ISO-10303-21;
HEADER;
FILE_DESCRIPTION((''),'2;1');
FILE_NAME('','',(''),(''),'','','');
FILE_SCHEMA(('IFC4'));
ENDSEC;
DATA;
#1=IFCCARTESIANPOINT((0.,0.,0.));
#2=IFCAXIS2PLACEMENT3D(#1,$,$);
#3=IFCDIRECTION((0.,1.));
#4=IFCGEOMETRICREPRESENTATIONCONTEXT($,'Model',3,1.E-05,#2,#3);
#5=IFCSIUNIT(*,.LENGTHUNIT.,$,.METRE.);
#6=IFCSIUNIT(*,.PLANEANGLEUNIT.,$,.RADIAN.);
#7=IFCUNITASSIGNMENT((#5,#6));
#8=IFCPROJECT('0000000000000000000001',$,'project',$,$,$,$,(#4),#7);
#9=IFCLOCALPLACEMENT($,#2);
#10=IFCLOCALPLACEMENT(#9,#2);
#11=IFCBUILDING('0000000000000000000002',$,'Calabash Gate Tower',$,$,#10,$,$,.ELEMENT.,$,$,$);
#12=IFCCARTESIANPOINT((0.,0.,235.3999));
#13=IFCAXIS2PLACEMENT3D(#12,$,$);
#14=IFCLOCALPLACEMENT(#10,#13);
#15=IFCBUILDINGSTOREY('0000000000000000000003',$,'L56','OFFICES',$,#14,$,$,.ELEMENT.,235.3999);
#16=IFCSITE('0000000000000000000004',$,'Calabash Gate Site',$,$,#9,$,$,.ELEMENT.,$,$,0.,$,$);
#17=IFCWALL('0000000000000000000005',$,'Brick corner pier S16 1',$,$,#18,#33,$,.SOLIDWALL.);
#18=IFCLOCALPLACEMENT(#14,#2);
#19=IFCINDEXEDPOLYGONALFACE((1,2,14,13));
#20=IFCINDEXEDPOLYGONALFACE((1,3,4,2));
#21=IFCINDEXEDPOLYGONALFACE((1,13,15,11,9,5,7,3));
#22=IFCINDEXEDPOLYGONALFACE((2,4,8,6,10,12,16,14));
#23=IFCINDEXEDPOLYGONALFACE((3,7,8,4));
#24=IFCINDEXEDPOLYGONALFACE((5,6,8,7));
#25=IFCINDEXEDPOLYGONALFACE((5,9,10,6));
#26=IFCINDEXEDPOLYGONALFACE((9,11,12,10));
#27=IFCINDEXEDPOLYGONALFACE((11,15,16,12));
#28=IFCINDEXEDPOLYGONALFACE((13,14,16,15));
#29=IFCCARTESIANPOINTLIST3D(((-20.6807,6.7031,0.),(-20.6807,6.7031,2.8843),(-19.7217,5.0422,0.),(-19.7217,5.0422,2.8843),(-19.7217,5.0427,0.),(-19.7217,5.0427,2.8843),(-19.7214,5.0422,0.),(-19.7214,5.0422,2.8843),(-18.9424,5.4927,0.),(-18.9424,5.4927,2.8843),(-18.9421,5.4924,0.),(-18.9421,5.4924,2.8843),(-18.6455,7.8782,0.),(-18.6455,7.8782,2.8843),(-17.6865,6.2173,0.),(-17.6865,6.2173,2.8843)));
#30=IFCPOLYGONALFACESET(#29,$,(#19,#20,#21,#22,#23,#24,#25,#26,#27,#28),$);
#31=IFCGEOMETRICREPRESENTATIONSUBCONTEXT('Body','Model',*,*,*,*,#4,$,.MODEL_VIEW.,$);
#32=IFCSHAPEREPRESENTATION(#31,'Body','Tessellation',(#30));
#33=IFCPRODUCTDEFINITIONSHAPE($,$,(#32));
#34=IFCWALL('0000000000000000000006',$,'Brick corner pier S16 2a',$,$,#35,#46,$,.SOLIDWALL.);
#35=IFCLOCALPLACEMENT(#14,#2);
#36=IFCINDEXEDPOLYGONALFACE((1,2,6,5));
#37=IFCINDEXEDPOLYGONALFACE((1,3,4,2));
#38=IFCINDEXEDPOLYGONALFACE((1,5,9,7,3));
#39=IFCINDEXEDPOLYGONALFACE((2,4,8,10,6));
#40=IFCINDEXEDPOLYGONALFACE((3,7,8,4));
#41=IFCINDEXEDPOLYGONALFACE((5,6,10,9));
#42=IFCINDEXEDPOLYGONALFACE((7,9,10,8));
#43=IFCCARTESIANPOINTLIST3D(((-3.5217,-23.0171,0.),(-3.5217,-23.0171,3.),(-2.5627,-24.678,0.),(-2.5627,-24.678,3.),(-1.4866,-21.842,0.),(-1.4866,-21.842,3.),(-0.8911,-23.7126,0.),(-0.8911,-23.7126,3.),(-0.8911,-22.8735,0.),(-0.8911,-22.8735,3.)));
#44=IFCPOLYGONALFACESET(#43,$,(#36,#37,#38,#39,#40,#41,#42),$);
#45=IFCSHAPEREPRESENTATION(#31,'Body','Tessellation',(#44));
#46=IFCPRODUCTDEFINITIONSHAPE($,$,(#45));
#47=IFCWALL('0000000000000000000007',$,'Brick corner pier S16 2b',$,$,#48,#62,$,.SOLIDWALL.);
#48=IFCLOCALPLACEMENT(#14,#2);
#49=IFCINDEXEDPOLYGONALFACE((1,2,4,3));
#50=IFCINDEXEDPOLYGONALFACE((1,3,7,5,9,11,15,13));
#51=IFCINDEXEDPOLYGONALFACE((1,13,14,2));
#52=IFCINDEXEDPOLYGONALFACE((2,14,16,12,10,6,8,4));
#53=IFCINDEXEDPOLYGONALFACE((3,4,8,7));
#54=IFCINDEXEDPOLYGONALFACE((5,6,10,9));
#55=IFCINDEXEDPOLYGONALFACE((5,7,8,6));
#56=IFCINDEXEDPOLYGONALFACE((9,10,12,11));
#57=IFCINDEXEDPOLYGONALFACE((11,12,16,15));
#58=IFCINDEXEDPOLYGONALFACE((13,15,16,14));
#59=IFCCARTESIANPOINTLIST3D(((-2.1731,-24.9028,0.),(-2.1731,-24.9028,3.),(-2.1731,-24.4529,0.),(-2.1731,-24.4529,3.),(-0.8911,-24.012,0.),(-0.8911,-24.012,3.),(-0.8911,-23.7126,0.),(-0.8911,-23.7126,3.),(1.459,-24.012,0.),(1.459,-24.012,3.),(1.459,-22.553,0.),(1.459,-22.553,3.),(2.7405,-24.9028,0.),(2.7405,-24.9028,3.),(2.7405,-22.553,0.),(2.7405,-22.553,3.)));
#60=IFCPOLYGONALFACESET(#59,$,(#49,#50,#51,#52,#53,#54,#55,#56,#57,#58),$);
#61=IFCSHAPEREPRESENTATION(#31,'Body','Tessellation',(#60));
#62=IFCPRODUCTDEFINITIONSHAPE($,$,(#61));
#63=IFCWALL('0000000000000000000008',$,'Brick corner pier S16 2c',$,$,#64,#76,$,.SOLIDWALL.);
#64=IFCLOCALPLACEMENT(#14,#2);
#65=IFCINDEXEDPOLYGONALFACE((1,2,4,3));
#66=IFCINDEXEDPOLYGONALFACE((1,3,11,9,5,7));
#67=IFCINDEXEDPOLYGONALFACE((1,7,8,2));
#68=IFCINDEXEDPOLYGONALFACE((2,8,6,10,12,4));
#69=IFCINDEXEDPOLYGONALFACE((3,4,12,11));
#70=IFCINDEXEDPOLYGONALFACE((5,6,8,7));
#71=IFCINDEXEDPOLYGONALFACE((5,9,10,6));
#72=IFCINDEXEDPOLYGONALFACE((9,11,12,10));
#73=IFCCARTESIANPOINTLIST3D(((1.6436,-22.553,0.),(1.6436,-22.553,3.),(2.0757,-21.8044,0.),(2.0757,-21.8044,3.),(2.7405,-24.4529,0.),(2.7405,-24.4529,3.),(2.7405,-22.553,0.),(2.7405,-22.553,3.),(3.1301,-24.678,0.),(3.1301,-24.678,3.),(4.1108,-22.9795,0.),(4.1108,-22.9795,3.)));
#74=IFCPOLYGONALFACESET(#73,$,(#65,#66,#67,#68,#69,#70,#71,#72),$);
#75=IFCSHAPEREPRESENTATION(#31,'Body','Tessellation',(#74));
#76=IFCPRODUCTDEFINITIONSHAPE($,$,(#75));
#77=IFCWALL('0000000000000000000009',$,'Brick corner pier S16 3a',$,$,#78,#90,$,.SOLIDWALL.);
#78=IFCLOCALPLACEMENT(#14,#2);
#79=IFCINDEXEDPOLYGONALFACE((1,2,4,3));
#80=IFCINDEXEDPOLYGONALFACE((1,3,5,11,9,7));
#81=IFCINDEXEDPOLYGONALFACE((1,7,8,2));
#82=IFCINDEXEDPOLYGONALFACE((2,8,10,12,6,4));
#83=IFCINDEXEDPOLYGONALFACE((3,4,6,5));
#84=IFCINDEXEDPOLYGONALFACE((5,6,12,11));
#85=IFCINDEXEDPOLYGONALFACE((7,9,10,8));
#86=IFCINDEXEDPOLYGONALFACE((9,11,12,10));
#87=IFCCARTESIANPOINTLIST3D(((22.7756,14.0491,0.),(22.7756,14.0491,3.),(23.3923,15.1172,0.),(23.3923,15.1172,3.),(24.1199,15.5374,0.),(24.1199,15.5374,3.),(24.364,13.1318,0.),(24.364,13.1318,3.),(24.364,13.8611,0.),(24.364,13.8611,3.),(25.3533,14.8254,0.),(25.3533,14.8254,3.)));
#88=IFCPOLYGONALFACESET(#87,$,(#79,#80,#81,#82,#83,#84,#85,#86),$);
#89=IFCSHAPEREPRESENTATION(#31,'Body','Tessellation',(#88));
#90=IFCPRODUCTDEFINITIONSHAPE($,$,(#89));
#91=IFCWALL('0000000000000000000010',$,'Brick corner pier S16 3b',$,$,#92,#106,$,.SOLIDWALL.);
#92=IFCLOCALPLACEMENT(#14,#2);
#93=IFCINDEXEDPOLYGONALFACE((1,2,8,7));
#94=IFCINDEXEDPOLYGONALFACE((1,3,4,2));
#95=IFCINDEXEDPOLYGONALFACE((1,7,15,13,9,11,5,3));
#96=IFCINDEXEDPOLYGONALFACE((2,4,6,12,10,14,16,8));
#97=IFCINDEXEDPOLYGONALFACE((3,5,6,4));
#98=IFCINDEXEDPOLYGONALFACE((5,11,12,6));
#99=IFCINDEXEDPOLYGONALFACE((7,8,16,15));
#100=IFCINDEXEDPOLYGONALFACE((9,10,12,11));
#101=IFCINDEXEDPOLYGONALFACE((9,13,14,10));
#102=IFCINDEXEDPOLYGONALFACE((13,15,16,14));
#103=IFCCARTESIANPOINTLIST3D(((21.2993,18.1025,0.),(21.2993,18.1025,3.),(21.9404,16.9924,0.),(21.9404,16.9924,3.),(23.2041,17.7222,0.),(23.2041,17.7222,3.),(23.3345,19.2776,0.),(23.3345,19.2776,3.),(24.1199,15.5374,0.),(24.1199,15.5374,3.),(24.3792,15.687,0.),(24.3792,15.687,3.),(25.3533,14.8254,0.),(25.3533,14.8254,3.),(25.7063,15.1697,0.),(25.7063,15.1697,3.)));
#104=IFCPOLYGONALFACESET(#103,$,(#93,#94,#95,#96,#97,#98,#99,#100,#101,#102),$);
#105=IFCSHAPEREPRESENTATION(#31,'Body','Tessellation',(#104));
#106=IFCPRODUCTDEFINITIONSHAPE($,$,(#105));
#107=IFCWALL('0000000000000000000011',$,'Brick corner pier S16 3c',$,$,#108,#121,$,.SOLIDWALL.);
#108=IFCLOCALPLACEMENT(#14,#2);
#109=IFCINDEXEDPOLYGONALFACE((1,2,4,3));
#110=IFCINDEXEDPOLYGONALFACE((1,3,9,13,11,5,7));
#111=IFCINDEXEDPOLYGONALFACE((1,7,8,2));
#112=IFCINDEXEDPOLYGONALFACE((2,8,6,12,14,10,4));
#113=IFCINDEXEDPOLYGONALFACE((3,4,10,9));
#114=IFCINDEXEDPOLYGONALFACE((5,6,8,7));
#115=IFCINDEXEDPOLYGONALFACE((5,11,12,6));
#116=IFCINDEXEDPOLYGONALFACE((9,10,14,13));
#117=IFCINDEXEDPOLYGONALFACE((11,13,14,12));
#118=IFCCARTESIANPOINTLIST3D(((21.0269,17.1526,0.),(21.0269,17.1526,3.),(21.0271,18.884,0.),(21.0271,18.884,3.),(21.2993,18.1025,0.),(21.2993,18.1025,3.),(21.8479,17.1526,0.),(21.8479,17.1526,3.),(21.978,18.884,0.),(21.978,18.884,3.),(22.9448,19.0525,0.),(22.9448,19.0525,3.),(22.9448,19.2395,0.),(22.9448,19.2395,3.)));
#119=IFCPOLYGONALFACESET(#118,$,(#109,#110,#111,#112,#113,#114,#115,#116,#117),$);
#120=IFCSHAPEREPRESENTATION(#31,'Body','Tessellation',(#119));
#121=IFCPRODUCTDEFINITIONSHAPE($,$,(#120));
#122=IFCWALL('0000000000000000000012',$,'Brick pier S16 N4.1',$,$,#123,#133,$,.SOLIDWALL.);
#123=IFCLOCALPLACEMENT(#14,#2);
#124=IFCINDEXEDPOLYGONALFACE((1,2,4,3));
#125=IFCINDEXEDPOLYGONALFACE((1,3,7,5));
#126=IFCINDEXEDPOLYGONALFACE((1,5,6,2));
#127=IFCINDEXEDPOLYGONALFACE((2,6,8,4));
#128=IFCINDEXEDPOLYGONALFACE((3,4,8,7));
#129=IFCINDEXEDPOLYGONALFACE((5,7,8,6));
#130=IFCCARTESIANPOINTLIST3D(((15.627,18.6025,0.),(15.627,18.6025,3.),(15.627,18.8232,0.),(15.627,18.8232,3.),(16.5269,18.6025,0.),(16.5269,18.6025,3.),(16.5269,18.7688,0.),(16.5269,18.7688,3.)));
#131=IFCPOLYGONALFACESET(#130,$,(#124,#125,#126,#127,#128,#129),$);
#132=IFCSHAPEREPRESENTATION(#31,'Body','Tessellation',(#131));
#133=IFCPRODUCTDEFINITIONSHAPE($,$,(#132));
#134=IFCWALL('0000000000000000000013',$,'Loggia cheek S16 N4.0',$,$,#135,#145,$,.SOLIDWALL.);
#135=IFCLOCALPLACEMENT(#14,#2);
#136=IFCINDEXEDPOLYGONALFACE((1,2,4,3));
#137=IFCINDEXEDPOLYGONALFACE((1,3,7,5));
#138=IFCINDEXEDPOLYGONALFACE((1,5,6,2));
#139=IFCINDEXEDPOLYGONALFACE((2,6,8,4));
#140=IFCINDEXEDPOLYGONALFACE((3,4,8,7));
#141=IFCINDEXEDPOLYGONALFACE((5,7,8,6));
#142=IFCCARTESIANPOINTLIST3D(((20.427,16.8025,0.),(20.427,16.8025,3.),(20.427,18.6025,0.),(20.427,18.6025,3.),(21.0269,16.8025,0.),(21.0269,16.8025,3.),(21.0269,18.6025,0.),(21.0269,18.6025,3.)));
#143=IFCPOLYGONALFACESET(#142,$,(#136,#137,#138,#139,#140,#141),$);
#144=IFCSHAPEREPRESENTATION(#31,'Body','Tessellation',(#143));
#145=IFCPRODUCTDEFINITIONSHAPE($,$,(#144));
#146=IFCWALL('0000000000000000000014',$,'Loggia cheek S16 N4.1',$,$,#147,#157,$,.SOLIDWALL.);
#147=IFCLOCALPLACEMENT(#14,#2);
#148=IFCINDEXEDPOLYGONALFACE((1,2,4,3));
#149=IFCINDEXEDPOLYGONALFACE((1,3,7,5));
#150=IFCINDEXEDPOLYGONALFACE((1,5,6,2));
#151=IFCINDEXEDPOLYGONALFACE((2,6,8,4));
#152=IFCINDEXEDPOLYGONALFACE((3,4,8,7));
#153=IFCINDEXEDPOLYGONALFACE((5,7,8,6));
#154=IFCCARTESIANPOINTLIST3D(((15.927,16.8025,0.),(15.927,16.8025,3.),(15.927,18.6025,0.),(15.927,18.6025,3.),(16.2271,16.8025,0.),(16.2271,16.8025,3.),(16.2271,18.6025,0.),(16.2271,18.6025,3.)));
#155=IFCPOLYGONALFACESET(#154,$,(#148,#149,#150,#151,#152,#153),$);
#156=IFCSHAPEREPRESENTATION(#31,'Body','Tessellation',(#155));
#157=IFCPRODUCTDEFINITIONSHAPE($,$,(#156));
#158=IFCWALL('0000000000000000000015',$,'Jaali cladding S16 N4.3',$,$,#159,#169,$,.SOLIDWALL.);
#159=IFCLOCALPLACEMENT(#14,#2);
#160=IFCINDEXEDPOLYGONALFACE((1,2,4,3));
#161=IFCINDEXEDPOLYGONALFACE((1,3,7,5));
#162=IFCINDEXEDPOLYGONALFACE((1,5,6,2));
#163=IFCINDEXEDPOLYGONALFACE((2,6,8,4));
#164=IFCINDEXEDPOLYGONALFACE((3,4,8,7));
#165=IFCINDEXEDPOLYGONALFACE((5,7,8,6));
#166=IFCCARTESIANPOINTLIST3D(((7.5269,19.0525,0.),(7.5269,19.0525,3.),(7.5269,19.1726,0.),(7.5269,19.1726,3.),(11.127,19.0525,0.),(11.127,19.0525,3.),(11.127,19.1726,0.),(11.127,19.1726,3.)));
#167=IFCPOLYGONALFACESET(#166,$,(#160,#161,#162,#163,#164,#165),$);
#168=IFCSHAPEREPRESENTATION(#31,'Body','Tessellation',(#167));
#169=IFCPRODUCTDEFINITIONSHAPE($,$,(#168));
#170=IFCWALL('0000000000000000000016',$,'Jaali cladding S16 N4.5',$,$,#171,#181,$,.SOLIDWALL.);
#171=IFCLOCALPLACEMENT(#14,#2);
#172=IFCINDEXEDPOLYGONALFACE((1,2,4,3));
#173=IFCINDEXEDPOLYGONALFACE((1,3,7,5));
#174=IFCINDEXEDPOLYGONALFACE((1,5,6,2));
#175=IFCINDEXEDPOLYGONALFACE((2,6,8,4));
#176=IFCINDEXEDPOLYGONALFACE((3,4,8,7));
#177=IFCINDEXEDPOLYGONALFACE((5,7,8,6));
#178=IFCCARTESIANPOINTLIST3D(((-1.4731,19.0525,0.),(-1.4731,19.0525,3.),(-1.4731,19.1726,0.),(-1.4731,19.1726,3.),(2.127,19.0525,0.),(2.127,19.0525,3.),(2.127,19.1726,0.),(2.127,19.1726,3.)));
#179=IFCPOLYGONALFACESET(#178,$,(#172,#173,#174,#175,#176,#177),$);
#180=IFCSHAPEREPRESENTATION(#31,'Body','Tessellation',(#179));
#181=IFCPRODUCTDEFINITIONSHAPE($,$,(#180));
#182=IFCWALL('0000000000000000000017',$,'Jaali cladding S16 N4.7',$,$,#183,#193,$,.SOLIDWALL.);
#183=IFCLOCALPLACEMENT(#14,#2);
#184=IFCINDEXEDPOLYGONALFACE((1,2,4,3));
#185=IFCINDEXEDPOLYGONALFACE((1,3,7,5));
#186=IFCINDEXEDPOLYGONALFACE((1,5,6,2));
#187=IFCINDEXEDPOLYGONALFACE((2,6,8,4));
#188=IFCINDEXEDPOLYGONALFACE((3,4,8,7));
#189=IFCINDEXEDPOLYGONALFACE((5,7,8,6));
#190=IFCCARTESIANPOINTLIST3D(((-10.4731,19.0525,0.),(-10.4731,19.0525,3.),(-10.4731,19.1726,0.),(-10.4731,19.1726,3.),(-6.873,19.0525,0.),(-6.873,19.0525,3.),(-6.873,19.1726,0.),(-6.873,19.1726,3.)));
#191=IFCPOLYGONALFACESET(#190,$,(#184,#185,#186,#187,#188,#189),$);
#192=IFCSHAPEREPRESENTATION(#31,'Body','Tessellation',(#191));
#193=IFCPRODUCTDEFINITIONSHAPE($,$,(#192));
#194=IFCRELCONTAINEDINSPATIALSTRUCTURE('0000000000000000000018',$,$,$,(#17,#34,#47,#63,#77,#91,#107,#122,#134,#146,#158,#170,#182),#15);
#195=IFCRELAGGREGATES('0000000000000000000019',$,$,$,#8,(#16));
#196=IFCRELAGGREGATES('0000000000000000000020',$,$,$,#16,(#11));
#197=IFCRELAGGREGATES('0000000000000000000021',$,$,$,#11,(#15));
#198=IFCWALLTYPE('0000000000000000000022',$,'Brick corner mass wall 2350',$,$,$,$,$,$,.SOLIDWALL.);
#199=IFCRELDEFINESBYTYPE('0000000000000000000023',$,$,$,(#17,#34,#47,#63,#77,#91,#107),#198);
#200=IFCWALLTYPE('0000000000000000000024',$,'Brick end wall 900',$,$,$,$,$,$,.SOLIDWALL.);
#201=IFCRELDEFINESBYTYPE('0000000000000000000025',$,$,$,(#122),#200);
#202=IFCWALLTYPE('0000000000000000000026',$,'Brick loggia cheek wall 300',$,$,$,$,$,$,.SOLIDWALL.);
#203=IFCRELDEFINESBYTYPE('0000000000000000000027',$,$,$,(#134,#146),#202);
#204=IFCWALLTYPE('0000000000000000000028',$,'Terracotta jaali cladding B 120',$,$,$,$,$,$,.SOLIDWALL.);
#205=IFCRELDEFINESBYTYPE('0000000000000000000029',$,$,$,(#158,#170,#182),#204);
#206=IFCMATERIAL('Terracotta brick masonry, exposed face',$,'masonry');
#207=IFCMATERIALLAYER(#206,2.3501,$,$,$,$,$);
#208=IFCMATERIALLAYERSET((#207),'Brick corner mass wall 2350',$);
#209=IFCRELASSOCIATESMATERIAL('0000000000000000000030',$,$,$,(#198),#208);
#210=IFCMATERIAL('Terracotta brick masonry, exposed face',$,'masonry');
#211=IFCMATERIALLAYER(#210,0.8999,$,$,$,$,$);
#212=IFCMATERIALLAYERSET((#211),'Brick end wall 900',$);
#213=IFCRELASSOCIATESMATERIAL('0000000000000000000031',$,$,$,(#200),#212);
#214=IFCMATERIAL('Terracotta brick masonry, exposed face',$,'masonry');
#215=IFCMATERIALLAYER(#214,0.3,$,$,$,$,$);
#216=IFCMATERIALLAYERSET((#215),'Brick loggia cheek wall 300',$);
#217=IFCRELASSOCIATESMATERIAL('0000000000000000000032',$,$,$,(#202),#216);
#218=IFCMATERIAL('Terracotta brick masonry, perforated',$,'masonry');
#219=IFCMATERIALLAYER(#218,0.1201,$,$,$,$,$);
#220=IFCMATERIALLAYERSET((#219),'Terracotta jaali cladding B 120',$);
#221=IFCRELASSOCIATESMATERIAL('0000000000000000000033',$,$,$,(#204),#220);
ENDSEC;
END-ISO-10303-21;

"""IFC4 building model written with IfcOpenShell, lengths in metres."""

from ifc_helpers import new_model, si_unit, direction, frame, origin, place, context, subcontext, project, spatial, polyline, outline, extrude, material, layer, layer_set, type_object, element, save


model = new_model("IFC4")

# Units and contexts
model_context = context("Model", 3, precision=1e-05, world=origin(), true_north=direction((0.0, 1.0)))
body_context = subcontext(model_context, "Body", "Model", "MODEL_VIEW")
ifc_project = project(units=[si_unit("LENGTHUNIT", "METRE"), si_unit("PLANEANGLEUNIT", "RADIAN")], contexts=[model_context])

# Site, building, storey
site_placement = place(None, origin())
site = spatial("IfcSite", under=ifc_project, at=site_placement, Name="Calabash Gate Site", CompositionType="ELEMENT", RefElevation=0.0)
building_placement = place(site_placement, origin())
building = spatial("IfcBuilding", under=site, at=building_placement, Name="Calabash Gate Tower", CompositionType="ELEMENT")
storey_placement = place(building_placement, frame((0.0, 0.0, 235.3999)))
storey = spatial("IfcBuildingStorey", under=building, at=storey_placement, Name="L56", Description="OFFICES", CompositionType="ELEMENT", Elevation=235.3999)

# Walls
ifc_material_1 = material(Name="Terracotta brick masonry, exposed face", Category="masonry")
ifc_layer_1 = layer(ifc_material_1, 2.3501)
ifc_layer_set_1 = layer_set([ifc_layer_1], Name="Brick corner mass wall 2350")
wall_type_1 = type_object("IfcWallType", Name="Brick corner mass wall 2350", PredefinedType="SOLIDWALL", material=ifc_layer_set_1)
wall_1_placement = place(storey_placement, origin())
element("IfcWall", 1, at=wall_1_placement, inside=storey, type_object=wall_type_1, Name="Brick corner pier S16 1", PredefinedType="SOLIDWALL", context=body_context, shape_type="SweptSolid", body=[
    extrude(outline(polyline([(-18.9421, 5.4924), (-17.6865, 6.2173), (-18.6455, 7.8782), (-20.6807, 6.7031), (-19.7217, 5.0422), (-19.7214, 5.0422), (-19.7217, 5.0427), (-18.9424, 5.4927), (-18.9421, 5.4924)])), origin(), (0.0, 0.0, 1.0), 2.8843),
])
wall_2_placement = place(storey_placement, origin())
element("IfcWall", 2, at=wall_2_placement, inside=storey, type_object=wall_type_1, Name="Brick corner pier S16 2a", PredefinedType="SOLIDWALL", context=body_context, shape_type="SweptSolid", body=[
    extrude(outline(polyline([(-0.8911, -22.8735), (-1.4866, -21.842), (-3.5217, -23.0171), (-2.5627, -24.678), (-0.8911, -23.7126), (-0.8911, -22.8735)])), origin(), (0.0, 0.0, 1.0), 3.0),
])
wall_3_placement = place(storey_placement, origin())
element("IfcWall", 3, at=wall_3_placement, inside=storey, type_object=wall_type_1, Name="Brick corner pier S16 2b", PredefinedType="SOLIDWALL", context=body_context, shape_type="SweptSolid", body=[
    extrude(outline(polyline([(1.459, -24.012), (-0.8911, -24.012), (-0.8911, -23.7126), (-2.1731, -24.4529), (-2.1731, -24.9028), (2.7405, -24.9028), (2.7405, -22.553), (1.459, -22.553), (1.459, -24.012)])), origin(), (0.0, 0.0, 1.0), 3.0),
])
wall_4_placement = place(storey_placement, origin())
element("IfcWall", 4, at=wall_4_placement, inside=storey, type_object=wall_type_1, Name="Brick corner pier S16 2c", PredefinedType="SOLIDWALL", context=body_context, shape_type="SweptSolid", body=[
    extrude(outline(polyline([(4.1108, -22.9795), (2.0757, -21.8044), (1.6436, -22.553), (2.7405, -22.553), (2.7405, -24.4529), (3.1301, -24.678), (4.1108, -22.9795)])), origin(), (0.0, 0.0, 1.0), 3.0),
])
wall_5_placement = place(storey_placement, origin())
element("IfcWall", 5, at=wall_5_placement, inside=storey, type_object=wall_type_1, Name="Brick corner pier S16 3a", PredefinedType="SOLIDWALL", context=body_context, shape_type="SweptSolid", body=[
    extrude(outline(polyline([(23.3923, 15.1172), (22.7756, 14.0491), (24.364, 13.1318), (24.364, 13.8611), (25.3533, 14.8254), (24.1199, 15.5374), (23.3923, 15.1172)])), origin(), (0.0, 0.0, 1.0), 3.0),
])
wall_6_placement = place(storey_placement, origin())
element("IfcWall", 6, at=wall_6_placement, inside=storey, type_object=wall_type_1, Name="Brick corner pier S16 3b", PredefinedType="SOLIDWALL", context=body_context, shape_type="SweptSolid", body=[
    extrude(outline(polyline([(23.2041, 17.7222), (24.3792, 15.687), (24.1199, 15.5374), (25.3533, 14.8254), (25.7063, 15.1697), (23.3345, 19.2776), (21.2993, 18.1025), (21.9404, 16.9924), (23.2041, 17.7222)])), origin(), (0.0, 0.0, 1.0), 3.0),
])
wall_7_placement = place(storey_placement, origin())
element("IfcWall", 7, at=wall_7_placement, inside=storey, type_object=wall_type_1, Name="Brick corner pier S16 3c", PredefinedType="SOLIDWALL", context=body_context, shape_type="SweptSolid", body=[
    extrude(outline(polyline([(21.0271, 18.884), (21.0269, 17.1526), (21.8479, 17.1526), (21.2993, 18.1025), (22.9448, 19.0525), (22.9448, 19.2395), (21.978, 18.884), (21.0271, 18.884)])), origin(), (0.0, 0.0, 1.0), 3.0),
])
ifc_material_2 = material(Name="Terracotta brick masonry, exposed face", Category="masonry")
ifc_layer_2 = layer(ifc_material_2, 0.8999)
ifc_layer_set_2 = layer_set([ifc_layer_2], Name="Brick end wall 900")
wall_type_2 = type_object("IfcWallType", Name="Brick end wall 900", PredefinedType="SOLIDWALL", material=ifc_layer_set_2)
wall_8_placement = place(storey_placement, origin())
element("IfcWall", 8, at=wall_8_placement, inside=storey, type_object=wall_type_2, Name="Brick pier S16 N4.1", PredefinedType="SOLIDWALL", context=body_context, shape_type="SweptSolid", body=[
    extrude(outline(polyline([(16.5269, 18.7688), (15.627, 18.8232), (15.627, 18.6025), (16.5269, 18.6025), (16.5269, 18.7688)])), origin(), (0.0, 0.0, 1.0), 3.0),
])
ifc_material_3 = material(Name="Terracotta brick masonry, exposed face", Category="masonry")
ifc_layer_3 = layer(ifc_material_3, 0.3)
ifc_layer_set_3 = layer_set([ifc_layer_3], Name="Brick loggia cheek wall 300")
wall_type_3 = type_object("IfcWallType", Name="Brick loggia cheek wall 300", PredefinedType="SOLIDWALL", material=ifc_layer_set_3)
wall_9_placement = place(storey_placement, origin())
element("IfcWall", 9, at=wall_9_placement, inside=storey, type_object=wall_type_3, Name="Loggia cheek S16 N4.0", PredefinedType="SOLIDWALL", context=body_context, shape_type="SweptSolid", body=[
    extrude(outline(polyline([(21.0269, 16.8025), (21.0269, 18.6025), (20.427, 18.6025), (20.427, 16.8025), (21.0269, 16.8025)])), origin(), (0.0, 0.0, 1.0), 3.0),
])
wall_10_placement = place(storey_placement, origin())
element("IfcWall", 10, at=wall_10_placement, inside=storey, type_object=wall_type_3, Name="Loggia cheek S16 N4.1", PredefinedType="SOLIDWALL", context=body_context, shape_type="SweptSolid", body=[
    extrude(outline(polyline([(15.927, 18.6025), (15.927, 16.8025), (16.2271, 16.8025), (16.2271, 18.6025), (15.927, 18.6025)])), origin(), (0.0, 0.0, 1.0), 3.0),
])
ifc_material_4 = material(Name="Terracotta brick masonry, perforated", Category="masonry")
ifc_layer_4 = layer(ifc_material_4, 0.1201)
ifc_layer_set_4 = layer_set([ifc_layer_4], Name="Terracotta jaali cladding B 120")
wall_type_4 = type_object("IfcWallType", Name="Terracotta jaali cladding B 120", PredefinedType="SOLIDWALL", material=ifc_layer_set_4)
wall_11_placement = place(storey_placement, origin())
element("IfcWall", 11, at=wall_11_placement, inside=storey, type_object=wall_type_4, Name="Jaali cladding S16 N4.3", PredefinedType="SOLIDWALL", context=body_context, shape_type="SweptSolid", body=[
    extrude(outline(polyline([(7.5269, 19.1726), (7.5269, 19.0525), (11.127, 19.0525), (11.127, 19.1726), (7.5269, 19.1726)])), origin(), (0.0, 0.0, 1.0), 3.0),
])
wall_12_placement = place(storey_placement, origin())
element("IfcWall", 12, at=wall_12_placement, inside=storey, type_object=wall_type_4, Name="Jaali cladding S16 N4.5", PredefinedType="SOLIDWALL", context=body_context, shape_type="SweptSolid", body=[
    extrude(outline(polyline([(-1.4731, 19.1726), (-1.4731, 19.0525), (2.127, 19.0525), (2.127, 19.1726), (-1.4731, 19.1726)])), origin(), (0.0, 0.0, 1.0), 3.0),
])
wall_13_placement = place(storey_placement, origin())
element("IfcWall", 13, at=wall_13_placement, inside=storey, type_object=wall_type_4, Name="Jaali cladding S16 N4.7", PredefinedType="SOLIDWALL", context=body_context, shape_type="SweptSolid", body=[
    extrude(outline(polyline([(-10.4731, 19.1726), (-10.4731, 19.0525), (-6.873, 19.0525), (-6.873, 19.1726), (-10.4731, 19.1726)])), origin(), (0.0, 0.0, 1.0), 3.0),
])

save(model, "model.ifc")
